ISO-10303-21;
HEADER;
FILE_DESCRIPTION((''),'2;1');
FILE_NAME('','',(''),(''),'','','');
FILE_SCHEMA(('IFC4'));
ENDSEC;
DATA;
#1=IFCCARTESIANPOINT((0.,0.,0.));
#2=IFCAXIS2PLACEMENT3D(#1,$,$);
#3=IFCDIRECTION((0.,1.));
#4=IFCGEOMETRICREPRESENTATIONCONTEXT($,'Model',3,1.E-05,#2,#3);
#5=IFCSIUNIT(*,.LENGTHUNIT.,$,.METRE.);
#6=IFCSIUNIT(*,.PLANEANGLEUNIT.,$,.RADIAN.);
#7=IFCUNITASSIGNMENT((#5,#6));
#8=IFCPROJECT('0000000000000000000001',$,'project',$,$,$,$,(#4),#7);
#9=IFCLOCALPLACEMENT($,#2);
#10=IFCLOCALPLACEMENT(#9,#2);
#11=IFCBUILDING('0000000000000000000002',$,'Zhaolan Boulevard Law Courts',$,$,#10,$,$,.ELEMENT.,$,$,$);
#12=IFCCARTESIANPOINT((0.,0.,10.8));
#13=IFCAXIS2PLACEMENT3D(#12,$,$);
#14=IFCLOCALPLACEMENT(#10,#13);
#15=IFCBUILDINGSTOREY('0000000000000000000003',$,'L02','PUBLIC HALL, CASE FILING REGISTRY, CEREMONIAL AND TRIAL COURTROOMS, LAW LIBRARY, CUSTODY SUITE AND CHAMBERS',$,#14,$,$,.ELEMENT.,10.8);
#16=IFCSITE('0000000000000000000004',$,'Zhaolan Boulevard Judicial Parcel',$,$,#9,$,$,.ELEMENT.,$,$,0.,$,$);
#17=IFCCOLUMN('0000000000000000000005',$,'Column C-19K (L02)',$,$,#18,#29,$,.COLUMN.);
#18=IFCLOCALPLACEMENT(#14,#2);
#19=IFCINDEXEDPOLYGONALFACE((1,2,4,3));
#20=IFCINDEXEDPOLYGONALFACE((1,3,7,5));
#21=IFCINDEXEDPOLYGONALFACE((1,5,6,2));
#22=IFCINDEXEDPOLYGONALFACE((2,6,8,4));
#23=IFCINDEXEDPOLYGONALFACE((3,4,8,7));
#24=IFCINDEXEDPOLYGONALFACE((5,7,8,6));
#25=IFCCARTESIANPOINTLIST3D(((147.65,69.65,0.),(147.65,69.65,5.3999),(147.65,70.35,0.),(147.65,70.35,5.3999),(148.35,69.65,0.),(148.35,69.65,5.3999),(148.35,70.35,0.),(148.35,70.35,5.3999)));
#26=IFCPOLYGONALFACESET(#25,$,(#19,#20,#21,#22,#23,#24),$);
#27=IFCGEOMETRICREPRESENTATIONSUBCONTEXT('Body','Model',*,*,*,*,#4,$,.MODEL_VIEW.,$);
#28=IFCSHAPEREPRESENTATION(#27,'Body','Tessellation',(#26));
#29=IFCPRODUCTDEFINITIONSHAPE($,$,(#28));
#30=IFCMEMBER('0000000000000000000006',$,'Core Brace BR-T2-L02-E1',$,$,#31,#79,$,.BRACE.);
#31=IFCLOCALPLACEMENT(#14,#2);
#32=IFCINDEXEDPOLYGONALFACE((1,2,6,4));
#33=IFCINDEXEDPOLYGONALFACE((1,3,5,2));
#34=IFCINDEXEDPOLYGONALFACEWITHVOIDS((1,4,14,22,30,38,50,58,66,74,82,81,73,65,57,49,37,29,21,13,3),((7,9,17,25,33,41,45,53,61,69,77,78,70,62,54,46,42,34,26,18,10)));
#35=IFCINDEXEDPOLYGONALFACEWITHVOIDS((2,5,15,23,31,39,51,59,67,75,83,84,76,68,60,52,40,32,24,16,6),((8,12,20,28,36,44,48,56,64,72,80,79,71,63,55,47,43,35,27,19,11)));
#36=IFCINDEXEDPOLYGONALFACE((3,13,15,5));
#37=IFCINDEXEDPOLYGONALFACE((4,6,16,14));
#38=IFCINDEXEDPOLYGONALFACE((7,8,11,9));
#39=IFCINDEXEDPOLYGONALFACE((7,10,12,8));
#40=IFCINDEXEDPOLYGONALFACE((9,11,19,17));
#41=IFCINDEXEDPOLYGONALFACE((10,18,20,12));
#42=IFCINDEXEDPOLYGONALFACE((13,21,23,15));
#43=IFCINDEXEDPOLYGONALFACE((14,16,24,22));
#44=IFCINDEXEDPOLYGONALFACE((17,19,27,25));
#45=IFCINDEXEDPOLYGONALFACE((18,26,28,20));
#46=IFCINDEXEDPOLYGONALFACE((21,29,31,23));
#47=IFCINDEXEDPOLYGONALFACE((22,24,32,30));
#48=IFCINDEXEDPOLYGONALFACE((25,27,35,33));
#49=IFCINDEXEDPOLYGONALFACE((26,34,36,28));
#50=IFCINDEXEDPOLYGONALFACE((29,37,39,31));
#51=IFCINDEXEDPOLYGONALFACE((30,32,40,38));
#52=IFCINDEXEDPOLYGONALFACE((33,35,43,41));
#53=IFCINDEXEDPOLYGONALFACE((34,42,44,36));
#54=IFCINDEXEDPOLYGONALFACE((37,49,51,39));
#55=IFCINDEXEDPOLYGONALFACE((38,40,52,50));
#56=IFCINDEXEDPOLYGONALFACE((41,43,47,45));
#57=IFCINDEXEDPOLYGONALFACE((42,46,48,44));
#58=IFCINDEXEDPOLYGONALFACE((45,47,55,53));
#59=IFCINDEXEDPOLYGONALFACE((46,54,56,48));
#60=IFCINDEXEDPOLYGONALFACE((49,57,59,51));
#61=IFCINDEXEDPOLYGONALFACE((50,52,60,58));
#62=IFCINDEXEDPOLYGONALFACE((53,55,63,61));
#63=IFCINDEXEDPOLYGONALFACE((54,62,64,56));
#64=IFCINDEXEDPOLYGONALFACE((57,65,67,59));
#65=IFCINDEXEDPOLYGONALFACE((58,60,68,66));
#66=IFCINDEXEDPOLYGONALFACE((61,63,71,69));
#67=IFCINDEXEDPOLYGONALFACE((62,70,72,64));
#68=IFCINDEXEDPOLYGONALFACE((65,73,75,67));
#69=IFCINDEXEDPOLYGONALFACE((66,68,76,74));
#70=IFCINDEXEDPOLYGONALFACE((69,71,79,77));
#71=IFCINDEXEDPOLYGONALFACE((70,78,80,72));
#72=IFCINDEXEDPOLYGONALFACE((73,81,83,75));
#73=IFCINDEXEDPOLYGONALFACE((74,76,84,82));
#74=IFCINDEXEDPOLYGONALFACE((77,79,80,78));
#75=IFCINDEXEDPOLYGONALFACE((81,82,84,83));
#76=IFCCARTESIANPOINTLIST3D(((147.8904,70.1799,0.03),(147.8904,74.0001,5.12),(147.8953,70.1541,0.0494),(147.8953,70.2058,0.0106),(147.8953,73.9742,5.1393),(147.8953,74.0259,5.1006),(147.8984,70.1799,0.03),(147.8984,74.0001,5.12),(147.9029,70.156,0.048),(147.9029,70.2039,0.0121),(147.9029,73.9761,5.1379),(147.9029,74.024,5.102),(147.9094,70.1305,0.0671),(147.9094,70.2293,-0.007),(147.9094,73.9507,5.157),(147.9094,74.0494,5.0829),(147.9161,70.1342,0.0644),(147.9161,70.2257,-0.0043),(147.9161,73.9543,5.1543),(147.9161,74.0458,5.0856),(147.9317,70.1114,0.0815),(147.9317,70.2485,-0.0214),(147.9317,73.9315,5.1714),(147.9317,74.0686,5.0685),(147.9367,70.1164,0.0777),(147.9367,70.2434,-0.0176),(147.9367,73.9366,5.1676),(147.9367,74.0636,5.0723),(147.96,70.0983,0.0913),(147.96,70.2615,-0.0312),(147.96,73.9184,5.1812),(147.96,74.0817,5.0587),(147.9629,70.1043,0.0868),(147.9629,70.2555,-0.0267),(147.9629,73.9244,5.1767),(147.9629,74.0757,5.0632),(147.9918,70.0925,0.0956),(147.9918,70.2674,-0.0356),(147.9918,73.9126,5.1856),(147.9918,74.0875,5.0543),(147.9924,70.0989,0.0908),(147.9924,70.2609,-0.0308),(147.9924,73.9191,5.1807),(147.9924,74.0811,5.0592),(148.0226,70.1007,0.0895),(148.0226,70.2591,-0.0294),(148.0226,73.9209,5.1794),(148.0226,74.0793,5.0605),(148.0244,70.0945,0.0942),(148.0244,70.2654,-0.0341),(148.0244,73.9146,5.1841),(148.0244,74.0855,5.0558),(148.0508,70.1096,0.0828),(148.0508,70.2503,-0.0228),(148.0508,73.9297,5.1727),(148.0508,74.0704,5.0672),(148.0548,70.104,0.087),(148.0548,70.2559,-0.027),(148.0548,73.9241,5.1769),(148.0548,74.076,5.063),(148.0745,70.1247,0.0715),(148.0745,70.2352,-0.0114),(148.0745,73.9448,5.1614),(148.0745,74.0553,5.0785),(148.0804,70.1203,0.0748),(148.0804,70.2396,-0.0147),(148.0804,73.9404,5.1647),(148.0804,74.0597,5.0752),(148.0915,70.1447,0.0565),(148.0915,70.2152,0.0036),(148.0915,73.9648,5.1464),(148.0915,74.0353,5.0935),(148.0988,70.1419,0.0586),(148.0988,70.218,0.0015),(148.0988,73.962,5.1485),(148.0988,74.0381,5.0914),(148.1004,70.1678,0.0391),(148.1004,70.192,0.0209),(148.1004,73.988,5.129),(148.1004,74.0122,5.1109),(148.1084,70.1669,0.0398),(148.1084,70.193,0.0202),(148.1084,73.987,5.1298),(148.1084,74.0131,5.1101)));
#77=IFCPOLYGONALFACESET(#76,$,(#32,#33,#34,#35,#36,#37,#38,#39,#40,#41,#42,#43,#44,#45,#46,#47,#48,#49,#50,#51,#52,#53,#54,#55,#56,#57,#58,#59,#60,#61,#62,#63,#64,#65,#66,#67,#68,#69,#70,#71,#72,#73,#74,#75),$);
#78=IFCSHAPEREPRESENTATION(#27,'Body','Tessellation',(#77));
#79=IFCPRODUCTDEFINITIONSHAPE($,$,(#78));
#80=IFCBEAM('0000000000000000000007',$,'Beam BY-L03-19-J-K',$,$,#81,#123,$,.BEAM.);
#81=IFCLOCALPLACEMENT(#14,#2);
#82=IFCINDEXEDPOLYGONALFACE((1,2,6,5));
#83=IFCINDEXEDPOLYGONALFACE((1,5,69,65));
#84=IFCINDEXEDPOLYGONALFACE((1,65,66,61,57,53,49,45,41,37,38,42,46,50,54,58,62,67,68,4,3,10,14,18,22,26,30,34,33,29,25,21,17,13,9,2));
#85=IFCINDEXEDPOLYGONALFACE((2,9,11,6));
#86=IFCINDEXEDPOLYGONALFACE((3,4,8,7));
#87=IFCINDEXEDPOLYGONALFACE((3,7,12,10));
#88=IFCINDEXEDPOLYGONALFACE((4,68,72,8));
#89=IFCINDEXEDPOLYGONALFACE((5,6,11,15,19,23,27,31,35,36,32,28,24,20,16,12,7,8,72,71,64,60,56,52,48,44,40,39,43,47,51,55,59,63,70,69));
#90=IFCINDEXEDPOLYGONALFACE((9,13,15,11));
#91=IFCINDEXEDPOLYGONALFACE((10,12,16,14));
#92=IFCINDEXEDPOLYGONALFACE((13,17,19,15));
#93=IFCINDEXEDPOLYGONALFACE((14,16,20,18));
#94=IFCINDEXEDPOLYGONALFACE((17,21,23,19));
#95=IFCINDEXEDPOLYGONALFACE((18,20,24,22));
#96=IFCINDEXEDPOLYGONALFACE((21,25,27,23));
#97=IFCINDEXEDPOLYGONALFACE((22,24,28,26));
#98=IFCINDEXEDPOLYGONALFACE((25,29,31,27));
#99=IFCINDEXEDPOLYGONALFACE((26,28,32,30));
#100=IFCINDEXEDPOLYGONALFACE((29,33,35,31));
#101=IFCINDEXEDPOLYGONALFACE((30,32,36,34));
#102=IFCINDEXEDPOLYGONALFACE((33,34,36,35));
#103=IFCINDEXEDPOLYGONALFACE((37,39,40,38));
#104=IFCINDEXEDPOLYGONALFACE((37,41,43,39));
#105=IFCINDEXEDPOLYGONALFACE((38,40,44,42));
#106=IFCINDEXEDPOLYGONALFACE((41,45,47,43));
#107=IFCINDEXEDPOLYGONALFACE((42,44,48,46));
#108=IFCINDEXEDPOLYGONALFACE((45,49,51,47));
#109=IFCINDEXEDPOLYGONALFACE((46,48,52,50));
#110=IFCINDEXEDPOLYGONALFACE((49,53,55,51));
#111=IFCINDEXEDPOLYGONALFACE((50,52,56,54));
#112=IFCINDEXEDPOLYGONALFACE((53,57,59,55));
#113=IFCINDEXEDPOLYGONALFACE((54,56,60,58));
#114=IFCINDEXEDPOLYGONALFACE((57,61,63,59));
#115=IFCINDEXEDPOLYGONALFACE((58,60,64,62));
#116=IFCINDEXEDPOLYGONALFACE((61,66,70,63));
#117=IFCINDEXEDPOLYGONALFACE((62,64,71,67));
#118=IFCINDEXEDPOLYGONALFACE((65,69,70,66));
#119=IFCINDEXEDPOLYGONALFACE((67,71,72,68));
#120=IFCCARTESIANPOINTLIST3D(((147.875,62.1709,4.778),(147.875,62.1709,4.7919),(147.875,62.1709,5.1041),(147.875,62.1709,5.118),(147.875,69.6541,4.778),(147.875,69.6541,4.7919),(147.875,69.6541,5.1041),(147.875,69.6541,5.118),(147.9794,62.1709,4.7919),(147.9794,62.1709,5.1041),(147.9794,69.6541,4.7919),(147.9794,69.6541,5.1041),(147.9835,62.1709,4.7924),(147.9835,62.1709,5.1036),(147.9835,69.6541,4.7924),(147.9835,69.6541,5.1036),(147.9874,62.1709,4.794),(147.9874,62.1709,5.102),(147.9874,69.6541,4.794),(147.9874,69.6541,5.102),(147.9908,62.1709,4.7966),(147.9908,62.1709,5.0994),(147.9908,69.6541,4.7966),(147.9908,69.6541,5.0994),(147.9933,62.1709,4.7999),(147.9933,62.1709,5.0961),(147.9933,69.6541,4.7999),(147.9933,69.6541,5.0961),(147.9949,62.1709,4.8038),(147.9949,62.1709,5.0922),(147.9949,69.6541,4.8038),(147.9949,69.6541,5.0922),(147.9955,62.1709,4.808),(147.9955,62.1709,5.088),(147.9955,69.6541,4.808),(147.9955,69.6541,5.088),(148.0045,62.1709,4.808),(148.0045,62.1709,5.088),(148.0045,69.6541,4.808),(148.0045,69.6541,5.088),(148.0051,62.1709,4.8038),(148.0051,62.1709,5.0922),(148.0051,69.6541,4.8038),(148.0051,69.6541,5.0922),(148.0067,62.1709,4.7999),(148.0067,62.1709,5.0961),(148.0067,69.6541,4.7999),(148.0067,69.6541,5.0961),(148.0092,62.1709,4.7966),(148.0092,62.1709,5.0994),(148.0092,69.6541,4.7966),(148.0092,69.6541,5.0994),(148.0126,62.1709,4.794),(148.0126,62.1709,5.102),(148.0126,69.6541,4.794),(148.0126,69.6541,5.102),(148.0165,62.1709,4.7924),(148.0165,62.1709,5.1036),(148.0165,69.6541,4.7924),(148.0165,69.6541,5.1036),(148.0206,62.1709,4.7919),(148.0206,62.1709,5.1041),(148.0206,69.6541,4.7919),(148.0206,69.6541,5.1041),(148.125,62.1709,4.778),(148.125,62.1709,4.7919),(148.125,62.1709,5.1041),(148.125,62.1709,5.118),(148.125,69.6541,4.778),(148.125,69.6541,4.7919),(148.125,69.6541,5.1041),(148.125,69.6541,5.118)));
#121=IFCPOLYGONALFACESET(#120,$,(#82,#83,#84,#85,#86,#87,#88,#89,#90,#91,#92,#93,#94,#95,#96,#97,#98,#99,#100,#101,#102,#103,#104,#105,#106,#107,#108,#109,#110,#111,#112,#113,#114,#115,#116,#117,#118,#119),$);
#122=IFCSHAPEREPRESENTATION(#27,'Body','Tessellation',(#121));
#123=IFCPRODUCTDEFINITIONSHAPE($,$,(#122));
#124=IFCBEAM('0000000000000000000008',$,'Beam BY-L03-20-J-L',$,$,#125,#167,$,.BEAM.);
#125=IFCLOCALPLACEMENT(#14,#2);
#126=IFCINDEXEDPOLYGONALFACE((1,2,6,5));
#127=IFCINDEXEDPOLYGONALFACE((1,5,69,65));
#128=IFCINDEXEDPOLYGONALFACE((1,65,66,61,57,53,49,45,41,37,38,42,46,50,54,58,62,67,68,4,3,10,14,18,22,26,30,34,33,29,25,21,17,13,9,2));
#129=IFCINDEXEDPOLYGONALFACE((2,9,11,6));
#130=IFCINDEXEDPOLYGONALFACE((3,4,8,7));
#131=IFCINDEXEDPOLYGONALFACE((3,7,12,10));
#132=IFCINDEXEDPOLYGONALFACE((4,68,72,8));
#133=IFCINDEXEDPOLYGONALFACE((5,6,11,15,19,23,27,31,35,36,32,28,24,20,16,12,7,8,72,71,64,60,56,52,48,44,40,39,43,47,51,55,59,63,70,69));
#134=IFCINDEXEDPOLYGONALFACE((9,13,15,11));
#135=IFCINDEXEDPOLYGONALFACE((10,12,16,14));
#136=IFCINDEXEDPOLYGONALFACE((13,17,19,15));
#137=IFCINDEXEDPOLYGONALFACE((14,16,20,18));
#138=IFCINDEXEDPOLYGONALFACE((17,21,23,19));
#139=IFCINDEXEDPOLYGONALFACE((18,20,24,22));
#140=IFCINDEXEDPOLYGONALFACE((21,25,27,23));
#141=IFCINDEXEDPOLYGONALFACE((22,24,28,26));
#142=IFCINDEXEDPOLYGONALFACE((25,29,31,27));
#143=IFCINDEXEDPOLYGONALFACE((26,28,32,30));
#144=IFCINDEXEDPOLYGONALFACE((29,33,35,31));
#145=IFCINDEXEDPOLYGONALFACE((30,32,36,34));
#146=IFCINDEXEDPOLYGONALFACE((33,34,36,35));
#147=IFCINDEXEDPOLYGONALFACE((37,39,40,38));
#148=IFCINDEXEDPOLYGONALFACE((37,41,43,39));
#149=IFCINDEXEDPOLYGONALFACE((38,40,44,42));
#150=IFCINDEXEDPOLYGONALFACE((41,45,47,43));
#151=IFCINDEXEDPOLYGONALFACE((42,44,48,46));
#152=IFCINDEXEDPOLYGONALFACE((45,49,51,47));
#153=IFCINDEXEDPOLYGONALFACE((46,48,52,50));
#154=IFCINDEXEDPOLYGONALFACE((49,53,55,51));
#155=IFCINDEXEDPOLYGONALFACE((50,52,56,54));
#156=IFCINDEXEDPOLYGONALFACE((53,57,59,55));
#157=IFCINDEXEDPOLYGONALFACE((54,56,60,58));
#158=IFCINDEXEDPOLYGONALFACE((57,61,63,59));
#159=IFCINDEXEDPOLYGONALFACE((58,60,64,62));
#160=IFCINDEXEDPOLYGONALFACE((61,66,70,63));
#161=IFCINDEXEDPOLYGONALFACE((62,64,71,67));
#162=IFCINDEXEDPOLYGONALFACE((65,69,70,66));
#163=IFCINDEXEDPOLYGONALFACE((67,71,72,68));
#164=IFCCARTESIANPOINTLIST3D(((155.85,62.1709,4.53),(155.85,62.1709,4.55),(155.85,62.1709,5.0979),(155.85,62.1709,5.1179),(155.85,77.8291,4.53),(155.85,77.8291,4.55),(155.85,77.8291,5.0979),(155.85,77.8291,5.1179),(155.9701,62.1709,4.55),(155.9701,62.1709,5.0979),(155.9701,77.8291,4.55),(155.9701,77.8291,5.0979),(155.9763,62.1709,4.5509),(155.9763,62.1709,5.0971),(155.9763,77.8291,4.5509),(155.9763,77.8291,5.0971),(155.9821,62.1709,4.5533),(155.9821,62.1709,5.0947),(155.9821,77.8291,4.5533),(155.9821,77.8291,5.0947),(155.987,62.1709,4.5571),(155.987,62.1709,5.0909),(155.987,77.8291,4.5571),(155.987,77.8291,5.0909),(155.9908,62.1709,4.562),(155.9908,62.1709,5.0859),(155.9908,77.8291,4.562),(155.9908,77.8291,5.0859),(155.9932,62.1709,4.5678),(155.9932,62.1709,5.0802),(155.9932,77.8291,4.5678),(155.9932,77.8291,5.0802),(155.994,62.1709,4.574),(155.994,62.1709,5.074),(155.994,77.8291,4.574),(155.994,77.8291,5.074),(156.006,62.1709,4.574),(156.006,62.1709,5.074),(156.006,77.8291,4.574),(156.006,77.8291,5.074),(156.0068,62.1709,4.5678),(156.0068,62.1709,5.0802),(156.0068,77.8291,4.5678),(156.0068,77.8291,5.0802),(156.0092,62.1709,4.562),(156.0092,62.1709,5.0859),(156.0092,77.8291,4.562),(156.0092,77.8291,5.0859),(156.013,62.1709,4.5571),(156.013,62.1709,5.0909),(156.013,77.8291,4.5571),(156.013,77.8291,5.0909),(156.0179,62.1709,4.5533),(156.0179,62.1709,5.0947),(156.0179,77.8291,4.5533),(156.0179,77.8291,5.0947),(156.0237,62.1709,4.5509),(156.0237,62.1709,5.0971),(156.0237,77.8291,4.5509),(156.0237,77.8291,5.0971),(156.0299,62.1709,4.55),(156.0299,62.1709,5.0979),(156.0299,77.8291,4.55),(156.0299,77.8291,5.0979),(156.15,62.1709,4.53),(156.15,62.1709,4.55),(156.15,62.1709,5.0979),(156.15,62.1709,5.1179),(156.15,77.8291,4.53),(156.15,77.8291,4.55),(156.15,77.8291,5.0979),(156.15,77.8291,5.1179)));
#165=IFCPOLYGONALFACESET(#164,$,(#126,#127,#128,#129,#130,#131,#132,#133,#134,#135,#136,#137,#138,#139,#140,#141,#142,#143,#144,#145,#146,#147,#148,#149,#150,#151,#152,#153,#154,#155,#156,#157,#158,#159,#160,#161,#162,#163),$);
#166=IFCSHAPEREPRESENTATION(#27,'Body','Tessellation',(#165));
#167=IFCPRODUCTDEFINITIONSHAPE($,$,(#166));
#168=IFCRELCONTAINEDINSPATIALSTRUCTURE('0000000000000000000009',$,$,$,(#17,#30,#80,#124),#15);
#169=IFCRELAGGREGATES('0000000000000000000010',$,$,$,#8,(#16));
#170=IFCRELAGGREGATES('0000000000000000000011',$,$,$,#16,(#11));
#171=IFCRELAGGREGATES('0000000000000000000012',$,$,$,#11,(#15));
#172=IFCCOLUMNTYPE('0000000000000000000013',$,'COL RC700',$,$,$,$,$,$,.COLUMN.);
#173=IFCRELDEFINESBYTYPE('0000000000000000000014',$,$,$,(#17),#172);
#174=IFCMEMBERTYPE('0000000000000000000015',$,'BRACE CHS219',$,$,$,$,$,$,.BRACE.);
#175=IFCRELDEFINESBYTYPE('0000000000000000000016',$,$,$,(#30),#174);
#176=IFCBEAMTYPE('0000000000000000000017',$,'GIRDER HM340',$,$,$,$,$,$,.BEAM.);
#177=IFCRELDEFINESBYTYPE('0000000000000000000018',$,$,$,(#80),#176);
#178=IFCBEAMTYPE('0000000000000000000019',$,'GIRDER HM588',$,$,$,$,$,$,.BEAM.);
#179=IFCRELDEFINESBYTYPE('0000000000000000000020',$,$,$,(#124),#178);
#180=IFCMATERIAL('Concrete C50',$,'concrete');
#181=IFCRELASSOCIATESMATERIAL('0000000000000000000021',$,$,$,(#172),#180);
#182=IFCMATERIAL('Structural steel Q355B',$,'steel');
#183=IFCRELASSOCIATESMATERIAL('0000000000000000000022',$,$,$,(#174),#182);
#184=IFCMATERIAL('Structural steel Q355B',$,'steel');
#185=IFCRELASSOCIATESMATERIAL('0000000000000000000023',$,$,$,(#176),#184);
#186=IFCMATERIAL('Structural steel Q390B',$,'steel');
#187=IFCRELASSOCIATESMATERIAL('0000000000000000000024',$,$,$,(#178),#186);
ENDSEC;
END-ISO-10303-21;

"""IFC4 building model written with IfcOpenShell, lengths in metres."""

from ifc_helpers import new_model, si_unit, direction, frame, origin, origin_2d, place, context, subcontext, project, spatial, rectangle, hollow_circle, i_section, extrude, material, material_profile, profile_set, type_object, element, save


model = new_model("IFC4")

# Units and contexts
model_context = context("Model", 3, precision=1e-05, world=origin(), true_north=direction((0.0, 1.0)))
body_context = subcontext(model_context, "Body", "Model", "MODEL_VIEW")
ifc_project = project(units=[si_unit("LENGTHUNIT", "METRE"), si_unit("PLANEANGLEUNIT", "RADIAN")], contexts=[model_context])

# Site, building, storey
site_placement = place(None, origin())
site = spatial("IfcSite", under=ifc_project, at=site_placement, Name="Zhaolan Boulevard Judicial Parcel", CompositionType="ELEMENT", RefElevation=0.0)
building_placement = place(site_placement, origin())
building = spatial("IfcBuilding", under=site, at=building_placement, Name="Zhaolan Boulevard Law Courts", CompositionType="ELEMENT")
storey_placement = place(building_placement, frame((0.0, 0.0, 10.8)))
storey = spatial("IfcBuildingStorey", under=building, at=storey_placement, Name="L02", Description="PUBLIC HALL, CASE FILING REGISTRY, CEREMONIAL AND TRIAL COURTROOMS, LAW LIBRARY, CUSTODY SUITE AND CHAMBERS", CompositionType="ELEMENT", Elevation=10.8)

# Column
ifc_material_1 = material(Name="Concrete C50", Category="concrete")
ifc_material_profile_1 = material_profile(ifc_material_1, rectangle(XDim=0.7, YDim=0.7, at=origin_2d()), Name="RC700x700")
ifc_profile_set_1 = profile_set([ifc_material_profile_1], Name="Concrete C50")
column_type_1 = type_object("IfcColumnType", Name="COL RC700", PredefinedType="COLUMN", material=ifc_profile_set_1)
column_placement = place(storey_placement, frame((148.0, 70.0, 0.0), z_axis=(0.0, 0.0, 1.0), x_axis=(1.0, 0.0, 0.0)))
element("IfcColumn", 1, at=column_placement, inside=storey, type_object=column_type_1, Name="Column C-19K (L02)", PredefinedType="COLUMN", context=body_context, shape_type="SweptSolid", body=[
    extrude(rectangle(XDim=0.7, YDim=0.7, at=origin_2d()), origin(), (0.0, 0.0, 1.0), 5.3999),
])

# Member
ifc_material_2 = material(Name="Structural steel Q355B", Category="steel")
ifc_material_profile_2 = material_profile(ifc_material_2, hollow_circle(Radius=0.1096, WallThickness=0.0081, at=origin_2d()), Name="CHS219x8")
ifc_profile_set_2 = profile_set([ifc_material_profile_2], Name="Structural steel Q355B")
member_type = type_object("IfcMemberType", Name="BRACE CHS219", PredefinedType="BRACE", material=ifc_profile_set_2)
member_placement = place(storey_placement, frame((148.0, 70.1799, 0.03), z_axis=(0.0, 0.60027, 0.799797), x_axis=(-1.0, 0.0, 0.0)))
element("IfcMember", 2, at=member_placement, inside=storey, type_object=member_type, Name="Core Brace BR-T2-L02-E1", PredefinedType="BRACE", context=body_context, shape_type="SweptSolid", body=[
    extrude(hollow_circle(Radius=0.1096, WallThickness=0.0081, at=origin_2d()), origin(), (0.0, 0.0, 1.0), 6.364),
])

# Beams
ifc_material_3 = material(Name="Structural steel Q355B", Category="steel")
ifc_material_profile_3 = material_profile(ifc_material_3, i_section(OverallWidth=0.25, OverallDepth=0.3401, WebThickness=0.009, FlangeThickness=0.0139, FilletRadius=0.0161, at=origin_2d()), Name="HM340x250")
ifc_profile_set_3 = profile_set([ifc_material_profile_3], Name="Structural steel Q355B")
beam_type_1 = type_object("IfcBeamType", Name="GIRDER HM340", PredefinedType="BEAM", material=ifc_profile_set_3)
beam_1_placement = place(storey_placement, frame((148.0, 62.1709, 4.948), z_axis=(0.0, 1.0, 0.0), x_axis=(-1.0, 0.0, 0.0)))
element("IfcBeam", 3, at=beam_1_placement, inside=storey, type_object=beam_type_1, Name="Beam BY-L03-19-J-K", PredefinedType="BEAM", context=body_context, shape_type="SweptSolid", body=[
    extrude(i_section(OverallWidth=0.25, OverallDepth=0.3401, WebThickness=0.009, FlangeThickness=0.0139, FilletRadius=0.0161, at=origin_2d()), origin(), (0.0, 0.0, 1.0), 7.4832),
])
ifc_material_4 = material(Name="Structural steel Q390B", Category="steel")
ifc_material_profile_4 = material_profile(ifc_material_4, i_section(OverallWidth=0.3, OverallDepth=0.5879, WebThickness=0.012, FlangeThickness=0.02, FilletRadius=0.0239, at=origin_2d()), Name="HM588x300")
ifc_profile_set_4 = profile_set([ifc_material_profile_4], Name="Structural steel Q390B")
beam_type_2 = type_object("IfcBeamType", Name="GIRDER HM588", PredefinedType="BEAM", material=ifc_profile_set_4)
beam_2_placement = place(storey_placement, frame((156.0, 62.1709, 4.824), z_axis=(0.0, 1.0, 0.0), x_axis=(-1.0, 0.0, 0.0)))
element("IfcBeam", 4, at=beam_2_placement, inside=storey, type_object=beam_type_2, Name="Beam BY-L03-20-J-L", PredefinedType="BEAM", context=body_context, shape_type="SweptSolid", body=[
    extrude(i_section(OverallWidth=0.3, OverallDepth=0.5879, WebThickness=0.012, FlangeThickness=0.02, FilletRadius=0.0239, at=origin_2d()), origin(), (0.0, 0.0, 1.0), 15.6582),
])

save(model, "model.ifc")
